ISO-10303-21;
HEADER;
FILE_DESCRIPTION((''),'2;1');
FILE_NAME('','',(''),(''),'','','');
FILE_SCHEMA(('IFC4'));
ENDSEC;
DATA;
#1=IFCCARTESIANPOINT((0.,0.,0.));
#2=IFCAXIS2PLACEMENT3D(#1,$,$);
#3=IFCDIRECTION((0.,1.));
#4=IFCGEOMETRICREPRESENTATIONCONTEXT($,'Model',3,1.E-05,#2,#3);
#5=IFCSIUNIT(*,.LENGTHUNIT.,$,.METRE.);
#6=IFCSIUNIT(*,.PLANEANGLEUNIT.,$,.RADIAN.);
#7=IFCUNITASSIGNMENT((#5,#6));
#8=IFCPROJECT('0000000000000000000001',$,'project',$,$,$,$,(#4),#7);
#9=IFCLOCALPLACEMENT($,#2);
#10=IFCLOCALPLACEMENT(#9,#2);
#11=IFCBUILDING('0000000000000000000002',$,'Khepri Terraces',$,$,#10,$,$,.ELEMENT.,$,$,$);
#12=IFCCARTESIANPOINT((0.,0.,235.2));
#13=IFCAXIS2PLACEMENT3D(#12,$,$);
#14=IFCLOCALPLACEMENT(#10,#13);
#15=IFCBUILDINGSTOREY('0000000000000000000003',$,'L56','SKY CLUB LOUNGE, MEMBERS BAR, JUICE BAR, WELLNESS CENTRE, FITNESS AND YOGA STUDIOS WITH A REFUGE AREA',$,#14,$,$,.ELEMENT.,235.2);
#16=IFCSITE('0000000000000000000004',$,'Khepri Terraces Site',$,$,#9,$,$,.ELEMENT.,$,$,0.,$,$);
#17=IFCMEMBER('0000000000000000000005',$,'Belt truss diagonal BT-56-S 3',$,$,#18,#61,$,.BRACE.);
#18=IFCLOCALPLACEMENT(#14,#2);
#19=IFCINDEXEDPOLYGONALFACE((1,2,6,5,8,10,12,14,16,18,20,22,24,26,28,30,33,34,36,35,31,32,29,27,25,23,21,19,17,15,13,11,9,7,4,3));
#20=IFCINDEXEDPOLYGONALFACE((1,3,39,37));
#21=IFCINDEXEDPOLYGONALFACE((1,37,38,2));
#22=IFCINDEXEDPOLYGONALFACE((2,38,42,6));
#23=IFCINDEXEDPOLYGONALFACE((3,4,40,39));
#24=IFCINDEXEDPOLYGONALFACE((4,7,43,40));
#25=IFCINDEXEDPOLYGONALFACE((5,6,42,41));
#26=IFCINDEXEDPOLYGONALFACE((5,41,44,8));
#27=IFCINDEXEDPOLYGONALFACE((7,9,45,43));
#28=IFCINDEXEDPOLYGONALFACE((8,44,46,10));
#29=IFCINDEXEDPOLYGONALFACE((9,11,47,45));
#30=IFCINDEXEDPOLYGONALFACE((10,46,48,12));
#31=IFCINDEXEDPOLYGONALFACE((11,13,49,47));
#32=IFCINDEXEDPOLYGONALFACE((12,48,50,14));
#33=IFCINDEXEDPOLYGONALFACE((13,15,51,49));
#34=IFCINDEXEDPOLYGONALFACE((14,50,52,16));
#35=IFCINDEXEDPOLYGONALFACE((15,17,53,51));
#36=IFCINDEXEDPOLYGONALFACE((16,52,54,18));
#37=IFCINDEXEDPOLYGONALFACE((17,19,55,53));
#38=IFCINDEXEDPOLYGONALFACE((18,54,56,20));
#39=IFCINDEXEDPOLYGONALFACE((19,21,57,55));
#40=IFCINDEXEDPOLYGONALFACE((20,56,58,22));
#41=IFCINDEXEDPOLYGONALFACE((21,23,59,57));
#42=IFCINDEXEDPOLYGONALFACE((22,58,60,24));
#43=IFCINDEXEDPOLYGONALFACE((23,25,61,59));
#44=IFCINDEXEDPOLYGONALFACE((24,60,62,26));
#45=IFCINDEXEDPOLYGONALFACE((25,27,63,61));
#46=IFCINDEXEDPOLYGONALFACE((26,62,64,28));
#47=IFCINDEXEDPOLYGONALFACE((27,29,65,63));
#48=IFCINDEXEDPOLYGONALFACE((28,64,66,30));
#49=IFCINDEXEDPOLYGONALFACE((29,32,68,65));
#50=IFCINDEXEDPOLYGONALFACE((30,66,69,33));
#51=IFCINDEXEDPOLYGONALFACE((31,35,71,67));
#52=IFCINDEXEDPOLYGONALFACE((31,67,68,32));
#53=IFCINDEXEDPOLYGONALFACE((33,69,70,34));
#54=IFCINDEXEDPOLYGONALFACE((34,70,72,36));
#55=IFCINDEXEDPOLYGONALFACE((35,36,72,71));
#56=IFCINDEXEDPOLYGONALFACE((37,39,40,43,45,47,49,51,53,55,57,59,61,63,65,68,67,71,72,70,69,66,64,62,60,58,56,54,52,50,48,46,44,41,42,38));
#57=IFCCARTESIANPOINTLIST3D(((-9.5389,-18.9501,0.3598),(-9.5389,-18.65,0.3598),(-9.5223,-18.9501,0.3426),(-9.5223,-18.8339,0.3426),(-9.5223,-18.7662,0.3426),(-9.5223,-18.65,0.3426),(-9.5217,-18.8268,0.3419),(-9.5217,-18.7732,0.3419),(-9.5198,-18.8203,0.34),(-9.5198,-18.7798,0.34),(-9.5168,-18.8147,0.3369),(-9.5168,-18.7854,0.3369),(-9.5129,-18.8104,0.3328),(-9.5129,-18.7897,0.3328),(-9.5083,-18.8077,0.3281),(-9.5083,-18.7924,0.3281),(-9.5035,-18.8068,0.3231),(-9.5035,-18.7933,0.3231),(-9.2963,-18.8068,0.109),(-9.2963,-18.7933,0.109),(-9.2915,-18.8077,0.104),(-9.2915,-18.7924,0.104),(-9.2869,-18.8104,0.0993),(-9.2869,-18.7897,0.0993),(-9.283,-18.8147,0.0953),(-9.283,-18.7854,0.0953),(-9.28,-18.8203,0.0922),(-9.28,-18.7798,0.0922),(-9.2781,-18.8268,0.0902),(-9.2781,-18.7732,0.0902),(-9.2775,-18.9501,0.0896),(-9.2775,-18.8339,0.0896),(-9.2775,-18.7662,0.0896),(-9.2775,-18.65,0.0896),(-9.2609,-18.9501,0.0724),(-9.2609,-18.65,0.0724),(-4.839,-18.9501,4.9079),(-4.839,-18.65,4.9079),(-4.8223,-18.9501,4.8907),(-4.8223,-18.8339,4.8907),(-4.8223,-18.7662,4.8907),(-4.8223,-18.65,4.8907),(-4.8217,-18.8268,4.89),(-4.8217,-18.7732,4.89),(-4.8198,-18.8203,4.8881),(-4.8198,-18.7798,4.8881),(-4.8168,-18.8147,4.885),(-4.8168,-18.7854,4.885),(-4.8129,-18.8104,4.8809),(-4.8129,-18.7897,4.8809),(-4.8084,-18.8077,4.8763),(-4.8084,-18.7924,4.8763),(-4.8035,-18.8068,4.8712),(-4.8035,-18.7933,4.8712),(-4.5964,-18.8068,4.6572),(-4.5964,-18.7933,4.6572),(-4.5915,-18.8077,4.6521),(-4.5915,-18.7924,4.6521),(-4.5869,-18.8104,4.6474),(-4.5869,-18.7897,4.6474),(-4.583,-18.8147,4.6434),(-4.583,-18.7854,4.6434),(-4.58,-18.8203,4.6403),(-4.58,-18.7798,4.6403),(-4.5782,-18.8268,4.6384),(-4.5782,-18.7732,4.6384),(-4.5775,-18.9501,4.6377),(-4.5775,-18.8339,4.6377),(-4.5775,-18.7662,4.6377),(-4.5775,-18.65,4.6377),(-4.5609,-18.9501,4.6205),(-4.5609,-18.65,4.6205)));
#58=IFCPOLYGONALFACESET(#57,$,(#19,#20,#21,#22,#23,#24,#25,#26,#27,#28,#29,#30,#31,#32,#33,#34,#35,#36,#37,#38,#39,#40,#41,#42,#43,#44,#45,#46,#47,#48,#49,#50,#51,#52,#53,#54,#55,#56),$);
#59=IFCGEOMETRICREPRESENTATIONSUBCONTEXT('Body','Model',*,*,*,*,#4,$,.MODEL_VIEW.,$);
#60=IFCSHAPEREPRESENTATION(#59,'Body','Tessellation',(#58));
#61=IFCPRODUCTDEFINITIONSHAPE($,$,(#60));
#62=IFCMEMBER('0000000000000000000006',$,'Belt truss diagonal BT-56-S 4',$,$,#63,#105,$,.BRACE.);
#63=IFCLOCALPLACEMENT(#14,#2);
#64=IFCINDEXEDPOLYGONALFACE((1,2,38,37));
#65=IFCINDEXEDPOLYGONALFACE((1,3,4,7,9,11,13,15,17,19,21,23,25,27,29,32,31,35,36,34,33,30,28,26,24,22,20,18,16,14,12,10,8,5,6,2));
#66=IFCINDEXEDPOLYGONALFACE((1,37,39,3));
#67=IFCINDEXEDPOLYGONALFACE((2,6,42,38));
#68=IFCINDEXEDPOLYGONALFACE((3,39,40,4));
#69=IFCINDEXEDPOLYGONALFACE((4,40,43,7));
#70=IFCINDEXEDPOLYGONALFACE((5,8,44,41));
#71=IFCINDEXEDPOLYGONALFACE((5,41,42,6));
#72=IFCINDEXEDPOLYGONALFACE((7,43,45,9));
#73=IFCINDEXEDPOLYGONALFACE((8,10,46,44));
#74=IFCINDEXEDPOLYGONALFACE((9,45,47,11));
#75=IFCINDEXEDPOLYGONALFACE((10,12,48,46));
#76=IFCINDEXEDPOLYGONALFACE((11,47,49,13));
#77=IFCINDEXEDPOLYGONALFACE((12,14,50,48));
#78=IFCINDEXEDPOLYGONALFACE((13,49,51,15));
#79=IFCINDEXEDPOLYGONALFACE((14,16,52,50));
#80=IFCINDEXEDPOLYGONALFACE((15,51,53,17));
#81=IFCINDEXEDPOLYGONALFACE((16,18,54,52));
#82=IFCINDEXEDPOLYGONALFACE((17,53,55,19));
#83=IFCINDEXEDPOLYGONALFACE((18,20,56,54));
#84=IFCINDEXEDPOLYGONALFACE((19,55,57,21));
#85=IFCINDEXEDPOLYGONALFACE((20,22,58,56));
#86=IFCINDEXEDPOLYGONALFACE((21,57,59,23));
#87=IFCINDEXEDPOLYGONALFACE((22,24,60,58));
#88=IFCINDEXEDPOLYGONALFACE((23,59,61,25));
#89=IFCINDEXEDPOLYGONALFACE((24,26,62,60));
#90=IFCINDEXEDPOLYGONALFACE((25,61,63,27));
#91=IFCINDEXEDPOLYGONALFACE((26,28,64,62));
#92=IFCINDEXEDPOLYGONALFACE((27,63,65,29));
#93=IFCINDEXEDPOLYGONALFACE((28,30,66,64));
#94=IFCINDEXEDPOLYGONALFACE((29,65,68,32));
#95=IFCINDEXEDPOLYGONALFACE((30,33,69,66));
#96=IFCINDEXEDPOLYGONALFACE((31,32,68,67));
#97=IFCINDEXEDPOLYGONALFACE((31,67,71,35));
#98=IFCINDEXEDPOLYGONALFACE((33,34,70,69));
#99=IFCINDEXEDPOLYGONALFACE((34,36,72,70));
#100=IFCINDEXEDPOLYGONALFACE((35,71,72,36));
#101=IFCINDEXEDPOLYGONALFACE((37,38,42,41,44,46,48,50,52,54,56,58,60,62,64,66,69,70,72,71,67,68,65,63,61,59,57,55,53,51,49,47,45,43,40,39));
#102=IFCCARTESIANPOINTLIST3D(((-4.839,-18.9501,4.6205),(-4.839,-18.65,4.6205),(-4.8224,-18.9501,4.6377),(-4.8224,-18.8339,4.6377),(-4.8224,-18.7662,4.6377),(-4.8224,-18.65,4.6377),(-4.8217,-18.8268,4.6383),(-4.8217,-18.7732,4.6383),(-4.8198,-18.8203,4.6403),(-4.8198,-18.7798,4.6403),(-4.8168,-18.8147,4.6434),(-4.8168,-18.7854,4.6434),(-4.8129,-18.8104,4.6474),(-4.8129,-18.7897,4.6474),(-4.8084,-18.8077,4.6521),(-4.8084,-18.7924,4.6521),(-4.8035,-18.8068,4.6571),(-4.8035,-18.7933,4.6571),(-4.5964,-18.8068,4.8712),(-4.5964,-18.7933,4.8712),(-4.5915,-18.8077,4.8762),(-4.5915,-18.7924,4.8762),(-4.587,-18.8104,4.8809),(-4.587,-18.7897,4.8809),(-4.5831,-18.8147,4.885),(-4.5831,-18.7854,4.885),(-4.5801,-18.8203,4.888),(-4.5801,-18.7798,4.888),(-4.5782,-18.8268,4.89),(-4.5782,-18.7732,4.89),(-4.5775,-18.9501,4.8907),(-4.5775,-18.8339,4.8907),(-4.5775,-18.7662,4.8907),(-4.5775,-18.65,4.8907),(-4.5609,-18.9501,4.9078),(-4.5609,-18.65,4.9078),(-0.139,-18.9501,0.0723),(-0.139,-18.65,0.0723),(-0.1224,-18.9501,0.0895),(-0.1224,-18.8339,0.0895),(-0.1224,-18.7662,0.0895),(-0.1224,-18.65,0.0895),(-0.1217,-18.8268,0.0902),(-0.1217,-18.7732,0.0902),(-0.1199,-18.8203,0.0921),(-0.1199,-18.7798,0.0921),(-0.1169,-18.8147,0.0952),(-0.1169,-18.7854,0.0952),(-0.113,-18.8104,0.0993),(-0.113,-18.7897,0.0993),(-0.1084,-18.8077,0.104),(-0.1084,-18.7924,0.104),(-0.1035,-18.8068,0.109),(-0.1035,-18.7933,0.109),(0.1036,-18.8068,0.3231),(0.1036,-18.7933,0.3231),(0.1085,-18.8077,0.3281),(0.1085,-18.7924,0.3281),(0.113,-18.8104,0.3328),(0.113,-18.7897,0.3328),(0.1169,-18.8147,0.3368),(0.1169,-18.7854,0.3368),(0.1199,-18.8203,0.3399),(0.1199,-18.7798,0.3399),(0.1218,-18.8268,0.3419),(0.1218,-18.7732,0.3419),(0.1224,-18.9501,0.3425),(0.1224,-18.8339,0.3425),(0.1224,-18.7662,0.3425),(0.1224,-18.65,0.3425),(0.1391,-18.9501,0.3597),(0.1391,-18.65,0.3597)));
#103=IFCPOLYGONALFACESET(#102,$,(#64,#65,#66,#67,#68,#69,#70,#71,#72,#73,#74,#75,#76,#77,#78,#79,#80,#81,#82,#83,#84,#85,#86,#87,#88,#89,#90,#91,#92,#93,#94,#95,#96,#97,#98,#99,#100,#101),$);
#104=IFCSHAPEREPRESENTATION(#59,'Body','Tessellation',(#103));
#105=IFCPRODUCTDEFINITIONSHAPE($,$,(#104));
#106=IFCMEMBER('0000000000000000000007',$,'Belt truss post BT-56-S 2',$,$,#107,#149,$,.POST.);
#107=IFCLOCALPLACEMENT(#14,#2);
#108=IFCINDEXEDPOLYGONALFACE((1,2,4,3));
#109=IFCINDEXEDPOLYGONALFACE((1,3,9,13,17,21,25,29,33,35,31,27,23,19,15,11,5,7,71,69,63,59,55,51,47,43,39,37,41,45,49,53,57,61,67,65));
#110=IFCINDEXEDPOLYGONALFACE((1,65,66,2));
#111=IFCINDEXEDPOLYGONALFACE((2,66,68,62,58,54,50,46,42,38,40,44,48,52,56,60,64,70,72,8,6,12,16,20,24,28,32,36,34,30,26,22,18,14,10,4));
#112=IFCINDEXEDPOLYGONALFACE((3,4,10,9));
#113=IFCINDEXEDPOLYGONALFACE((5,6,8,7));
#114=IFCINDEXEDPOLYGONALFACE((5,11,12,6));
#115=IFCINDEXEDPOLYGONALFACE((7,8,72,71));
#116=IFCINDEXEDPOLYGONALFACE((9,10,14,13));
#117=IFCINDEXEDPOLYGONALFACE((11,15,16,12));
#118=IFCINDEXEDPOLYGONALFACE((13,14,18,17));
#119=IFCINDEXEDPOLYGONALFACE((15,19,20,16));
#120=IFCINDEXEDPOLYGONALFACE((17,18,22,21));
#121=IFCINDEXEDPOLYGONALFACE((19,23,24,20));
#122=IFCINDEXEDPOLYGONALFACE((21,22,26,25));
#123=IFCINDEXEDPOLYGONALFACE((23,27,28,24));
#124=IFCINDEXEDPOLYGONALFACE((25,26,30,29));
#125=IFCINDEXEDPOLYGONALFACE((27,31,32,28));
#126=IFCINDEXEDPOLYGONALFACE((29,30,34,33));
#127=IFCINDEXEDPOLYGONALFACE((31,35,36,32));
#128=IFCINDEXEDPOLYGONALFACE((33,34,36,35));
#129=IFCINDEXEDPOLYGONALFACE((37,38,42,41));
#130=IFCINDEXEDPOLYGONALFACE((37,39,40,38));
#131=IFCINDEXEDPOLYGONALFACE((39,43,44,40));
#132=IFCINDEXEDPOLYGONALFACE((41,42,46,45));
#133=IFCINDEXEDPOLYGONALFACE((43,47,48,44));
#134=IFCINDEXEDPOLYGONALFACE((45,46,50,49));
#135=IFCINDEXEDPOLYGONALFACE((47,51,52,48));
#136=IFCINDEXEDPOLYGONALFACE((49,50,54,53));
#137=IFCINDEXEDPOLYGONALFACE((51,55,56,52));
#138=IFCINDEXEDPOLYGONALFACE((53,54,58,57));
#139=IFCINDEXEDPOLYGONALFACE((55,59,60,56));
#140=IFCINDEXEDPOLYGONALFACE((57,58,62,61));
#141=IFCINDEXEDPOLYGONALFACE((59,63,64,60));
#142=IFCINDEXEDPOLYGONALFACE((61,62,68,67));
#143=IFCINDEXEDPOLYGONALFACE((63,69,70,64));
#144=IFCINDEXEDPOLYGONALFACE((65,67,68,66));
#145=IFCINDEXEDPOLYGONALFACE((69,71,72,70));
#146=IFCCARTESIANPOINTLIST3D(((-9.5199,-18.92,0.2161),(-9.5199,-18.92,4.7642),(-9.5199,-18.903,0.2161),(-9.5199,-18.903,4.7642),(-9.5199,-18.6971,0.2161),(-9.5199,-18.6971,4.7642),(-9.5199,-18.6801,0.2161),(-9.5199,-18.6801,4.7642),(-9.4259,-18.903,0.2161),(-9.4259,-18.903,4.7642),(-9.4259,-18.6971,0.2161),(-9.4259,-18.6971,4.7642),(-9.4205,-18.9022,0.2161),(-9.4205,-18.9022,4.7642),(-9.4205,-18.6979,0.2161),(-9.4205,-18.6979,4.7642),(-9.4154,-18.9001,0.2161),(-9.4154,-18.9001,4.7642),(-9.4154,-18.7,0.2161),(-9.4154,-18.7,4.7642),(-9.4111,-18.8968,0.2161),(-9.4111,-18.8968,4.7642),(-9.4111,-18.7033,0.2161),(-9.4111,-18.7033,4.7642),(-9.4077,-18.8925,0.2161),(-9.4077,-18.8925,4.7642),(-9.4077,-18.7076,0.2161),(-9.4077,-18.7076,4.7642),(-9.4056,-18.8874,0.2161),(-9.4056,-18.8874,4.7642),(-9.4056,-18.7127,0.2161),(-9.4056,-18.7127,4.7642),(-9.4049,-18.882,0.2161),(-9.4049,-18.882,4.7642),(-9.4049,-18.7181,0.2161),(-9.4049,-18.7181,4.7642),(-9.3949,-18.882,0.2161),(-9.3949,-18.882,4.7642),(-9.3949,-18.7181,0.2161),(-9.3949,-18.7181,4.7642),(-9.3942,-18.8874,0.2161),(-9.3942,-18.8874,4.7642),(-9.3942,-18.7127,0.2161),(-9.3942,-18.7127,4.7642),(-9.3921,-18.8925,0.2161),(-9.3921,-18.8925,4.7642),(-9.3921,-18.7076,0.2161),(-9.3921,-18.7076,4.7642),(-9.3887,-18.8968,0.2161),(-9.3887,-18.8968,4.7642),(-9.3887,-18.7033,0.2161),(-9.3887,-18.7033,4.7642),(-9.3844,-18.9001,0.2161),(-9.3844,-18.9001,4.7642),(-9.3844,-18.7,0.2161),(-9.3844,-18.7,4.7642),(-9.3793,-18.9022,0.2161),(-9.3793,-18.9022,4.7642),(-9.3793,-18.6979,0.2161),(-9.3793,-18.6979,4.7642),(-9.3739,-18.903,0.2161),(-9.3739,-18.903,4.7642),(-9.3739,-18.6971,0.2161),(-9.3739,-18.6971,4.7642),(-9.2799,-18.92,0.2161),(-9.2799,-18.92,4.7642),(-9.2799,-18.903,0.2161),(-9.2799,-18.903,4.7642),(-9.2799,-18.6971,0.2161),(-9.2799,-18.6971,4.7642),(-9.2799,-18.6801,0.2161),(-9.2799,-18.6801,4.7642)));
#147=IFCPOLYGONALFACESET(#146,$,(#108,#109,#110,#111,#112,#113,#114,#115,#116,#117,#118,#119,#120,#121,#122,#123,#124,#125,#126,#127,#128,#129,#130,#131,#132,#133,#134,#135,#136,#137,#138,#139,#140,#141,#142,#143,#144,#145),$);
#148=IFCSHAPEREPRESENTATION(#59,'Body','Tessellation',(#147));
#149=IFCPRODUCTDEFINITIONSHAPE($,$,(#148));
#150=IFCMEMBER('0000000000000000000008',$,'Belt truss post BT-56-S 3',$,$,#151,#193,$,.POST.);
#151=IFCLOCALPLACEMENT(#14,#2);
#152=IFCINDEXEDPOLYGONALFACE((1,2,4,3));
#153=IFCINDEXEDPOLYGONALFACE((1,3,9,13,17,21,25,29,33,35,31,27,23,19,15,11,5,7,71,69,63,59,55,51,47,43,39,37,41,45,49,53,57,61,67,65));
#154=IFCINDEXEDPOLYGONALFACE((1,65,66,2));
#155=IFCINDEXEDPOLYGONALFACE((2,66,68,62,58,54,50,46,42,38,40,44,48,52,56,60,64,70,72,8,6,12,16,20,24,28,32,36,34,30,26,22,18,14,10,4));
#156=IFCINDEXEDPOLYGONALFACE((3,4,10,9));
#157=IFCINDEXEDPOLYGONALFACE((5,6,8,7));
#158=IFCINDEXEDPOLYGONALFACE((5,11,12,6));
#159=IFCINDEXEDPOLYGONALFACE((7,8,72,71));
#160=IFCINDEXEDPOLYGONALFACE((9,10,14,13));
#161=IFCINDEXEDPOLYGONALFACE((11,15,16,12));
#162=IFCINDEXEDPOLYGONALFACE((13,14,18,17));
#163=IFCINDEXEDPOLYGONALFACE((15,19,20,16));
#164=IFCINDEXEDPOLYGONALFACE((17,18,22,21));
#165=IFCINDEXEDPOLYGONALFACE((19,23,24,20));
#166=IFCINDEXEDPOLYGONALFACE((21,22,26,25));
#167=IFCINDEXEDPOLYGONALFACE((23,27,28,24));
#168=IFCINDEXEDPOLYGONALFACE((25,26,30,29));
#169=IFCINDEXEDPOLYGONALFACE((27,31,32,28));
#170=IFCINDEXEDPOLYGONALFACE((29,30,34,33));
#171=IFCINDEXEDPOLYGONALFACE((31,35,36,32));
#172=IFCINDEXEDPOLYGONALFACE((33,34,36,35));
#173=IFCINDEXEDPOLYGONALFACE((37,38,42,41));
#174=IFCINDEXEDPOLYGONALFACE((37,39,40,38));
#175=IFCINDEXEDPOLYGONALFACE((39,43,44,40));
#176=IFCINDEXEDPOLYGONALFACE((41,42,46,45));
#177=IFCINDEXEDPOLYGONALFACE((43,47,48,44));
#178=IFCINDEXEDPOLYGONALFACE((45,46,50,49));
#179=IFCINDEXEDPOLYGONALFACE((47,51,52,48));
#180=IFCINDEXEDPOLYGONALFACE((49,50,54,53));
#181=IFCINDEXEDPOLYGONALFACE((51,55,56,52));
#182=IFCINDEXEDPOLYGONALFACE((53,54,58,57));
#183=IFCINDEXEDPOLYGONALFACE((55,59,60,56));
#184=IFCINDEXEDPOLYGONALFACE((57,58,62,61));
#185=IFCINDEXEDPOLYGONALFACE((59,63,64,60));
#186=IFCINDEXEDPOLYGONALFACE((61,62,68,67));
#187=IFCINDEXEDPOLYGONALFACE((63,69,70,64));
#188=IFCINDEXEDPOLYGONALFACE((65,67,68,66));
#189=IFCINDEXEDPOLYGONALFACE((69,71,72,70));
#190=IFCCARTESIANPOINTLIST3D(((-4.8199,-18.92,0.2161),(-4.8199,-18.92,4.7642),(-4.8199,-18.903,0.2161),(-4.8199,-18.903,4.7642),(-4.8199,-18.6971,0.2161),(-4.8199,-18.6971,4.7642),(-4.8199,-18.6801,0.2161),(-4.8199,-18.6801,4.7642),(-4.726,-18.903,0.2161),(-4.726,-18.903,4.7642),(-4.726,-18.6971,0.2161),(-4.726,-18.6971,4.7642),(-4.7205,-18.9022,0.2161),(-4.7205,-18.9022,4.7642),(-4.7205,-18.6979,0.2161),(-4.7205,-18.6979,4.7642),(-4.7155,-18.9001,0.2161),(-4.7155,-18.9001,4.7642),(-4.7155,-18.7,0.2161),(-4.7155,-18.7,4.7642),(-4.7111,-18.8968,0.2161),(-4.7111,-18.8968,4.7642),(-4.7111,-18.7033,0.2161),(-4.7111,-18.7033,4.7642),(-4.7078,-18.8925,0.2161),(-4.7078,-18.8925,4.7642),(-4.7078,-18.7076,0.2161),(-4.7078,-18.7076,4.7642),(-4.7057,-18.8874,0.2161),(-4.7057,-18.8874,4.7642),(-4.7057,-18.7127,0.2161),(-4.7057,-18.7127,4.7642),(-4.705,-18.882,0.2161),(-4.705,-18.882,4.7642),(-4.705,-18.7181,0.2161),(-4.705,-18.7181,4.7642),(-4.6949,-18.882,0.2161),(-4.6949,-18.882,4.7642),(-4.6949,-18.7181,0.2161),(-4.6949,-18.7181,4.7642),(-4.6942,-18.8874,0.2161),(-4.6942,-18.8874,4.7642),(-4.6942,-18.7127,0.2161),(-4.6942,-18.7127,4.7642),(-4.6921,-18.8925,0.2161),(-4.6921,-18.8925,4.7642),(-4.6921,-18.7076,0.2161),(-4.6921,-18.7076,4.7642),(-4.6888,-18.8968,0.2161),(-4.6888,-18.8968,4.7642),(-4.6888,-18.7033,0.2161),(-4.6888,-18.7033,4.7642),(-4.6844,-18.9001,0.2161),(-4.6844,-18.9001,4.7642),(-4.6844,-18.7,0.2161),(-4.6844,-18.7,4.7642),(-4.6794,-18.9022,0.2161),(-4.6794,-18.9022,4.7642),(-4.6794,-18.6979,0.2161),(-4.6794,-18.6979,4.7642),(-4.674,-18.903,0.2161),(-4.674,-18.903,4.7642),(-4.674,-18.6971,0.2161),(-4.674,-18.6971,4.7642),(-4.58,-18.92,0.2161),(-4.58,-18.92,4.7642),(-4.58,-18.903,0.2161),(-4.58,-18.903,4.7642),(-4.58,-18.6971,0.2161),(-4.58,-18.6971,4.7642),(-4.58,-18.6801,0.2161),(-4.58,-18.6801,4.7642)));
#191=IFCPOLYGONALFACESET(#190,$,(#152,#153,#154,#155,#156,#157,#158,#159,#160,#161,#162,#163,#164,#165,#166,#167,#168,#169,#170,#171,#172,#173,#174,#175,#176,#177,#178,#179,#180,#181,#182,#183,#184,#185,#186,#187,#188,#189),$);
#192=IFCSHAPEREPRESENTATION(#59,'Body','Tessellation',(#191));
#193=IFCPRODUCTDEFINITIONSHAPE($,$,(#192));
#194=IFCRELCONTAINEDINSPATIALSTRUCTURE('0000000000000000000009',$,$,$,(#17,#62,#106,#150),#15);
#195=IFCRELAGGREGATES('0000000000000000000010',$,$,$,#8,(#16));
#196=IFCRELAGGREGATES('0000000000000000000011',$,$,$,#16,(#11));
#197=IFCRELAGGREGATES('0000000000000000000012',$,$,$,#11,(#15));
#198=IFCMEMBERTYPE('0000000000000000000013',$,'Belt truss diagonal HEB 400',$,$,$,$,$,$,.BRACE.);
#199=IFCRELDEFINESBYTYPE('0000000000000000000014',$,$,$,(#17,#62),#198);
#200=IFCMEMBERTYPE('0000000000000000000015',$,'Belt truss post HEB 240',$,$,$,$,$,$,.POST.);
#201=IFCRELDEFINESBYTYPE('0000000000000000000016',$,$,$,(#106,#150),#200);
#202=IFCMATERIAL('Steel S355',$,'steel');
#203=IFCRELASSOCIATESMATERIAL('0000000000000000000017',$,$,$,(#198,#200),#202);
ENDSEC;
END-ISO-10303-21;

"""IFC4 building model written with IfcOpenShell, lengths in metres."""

from ifc_helpers import new_model, si_unit, direction, frame, origin, origin_2d, place, context, subcontext, project, spatial, i_section, extrude, material, material_profile, profile_set, type_object, element, save


model = new_model("IFC4")

# Units and contexts
model_context = context("Model", 3, precision=1e-05, world=origin(), true_north=direction((0.0, 1.0)))
body_context = subcontext(model_context, "Body", "Model", "MODEL_VIEW")
ifc_project = project(units=[si_unit("LENGTHUNIT", "METRE"), si_unit("PLANEANGLEUNIT", "RADIAN")], contexts=[model_context])

# Site, building, storey
site_placement = place(None, origin())
site = spatial("IfcSite", under=ifc_project, at=site_placement, Name="Khepri Terraces Site", CompositionType="ELEMENT", RefElevation=0.0)
building_placement = place(site_placement, origin())
building = spatial("IfcBuilding", under=site, at=building_placement, Name="Khepri Terraces", CompositionType="ELEMENT")
storey_placement = place(building_placement, frame((0.0, 0.0, 235.2)))
storey = spatial("IfcBuildingStorey", under=building, at=storey_placement, Name="L56", Description="SKY CLUB LOUNGE, MEMBERS BAR, JUICE BAR, WELLNESS CENTRE, FITNESS AND YOGA STUDIOS WITH A REFUGE AREA", CompositionType="ELEMENT", Elevation=235.2)

# Members
ifc_material_1 = material(Name="Steel S355", Category="steel")
ifc_material_profile_1 = material_profile(ifc_material_1, i_section(OverallWidth=0.3, OverallDepth=0.3999, WebThickness=0.0134, FlangeThickness=0.0239, FilletRadius=0.0271, at=origin_2d()), Name="Steel S355", Category="steel")
ifc_profile_set_1 = profile_set([ifc_material_profile_1], Name="Steel S355")
member_type_1 = type_object("IfcMemberType", Name="Belt truss diagonal HEB 400", PredefinedType="BRACE", material=ifc_profile_set_1)
for number, where, z_axis, x_axis, name in (
    (1, (-9.3999, -18.8, 0.2161), (0.718621, 0.0, 0.695402), (0.0, 1.0, 0.0), "Belt truss diagonal BT-56-S 3"),
    (2, (-4.7, -18.8, 4.7642), (0.718621, 0.0, -0.695402), (0.0, 1.0, 0.0), "Belt truss diagonal BT-56-S 4"),
):
    element("IfcMember", number, at=place(storey_placement, frame(where, z_axis=z_axis, x_axis=x_axis)), inside=storey, type_object=member_type_1, Name=name, PredefinedType="BRACE", context=body_context, shape_type="SweptSolid", body=[
        extrude(i_section(OverallWidth=0.3, OverallDepth=0.3999, WebThickness=0.0134, FlangeThickness=0.0239, FilletRadius=0.0271, at=origin_2d()), origin(), (0.0, 0.0, 1.0), 6.5403),
    ])
ifc_material_profile_2 = material_profile(ifc_material_1, i_section(OverallWidth=0.24, OverallDepth=0.24, WebThickness=0.01, FlangeThickness=0.0171, FilletRadius=0.021, at=origin_2d()), Name="Steel S355", Category="steel")
ifc_profile_set_2 = profile_set([ifc_material_profile_2], Name="Steel S355")
member_type_2 = type_object("IfcMemberType", Name="Belt truss post HEB 240", PredefinedType="POST", material=ifc_profile_set_2)
for number, where, z_axis, x_axis, name in (
    (3, (-9.3999, -18.8, 0.2161), (0.0, 0.0, 1.0), (1.0, 0.0, 0.0), "Belt truss post BT-56-S 2"),
    (4, (-4.7, -18.8, 0.2161), (0.0, 0.0, 1.0), (1.0, 0.0, 0.0), "Belt truss post BT-56-S 3"),
):
    element("IfcMember", number, at=place(storey_placement, frame(where, z_axis=z_axis, x_axis=x_axis)), inside=storey, type_object=member_type_2, Name=name, PredefinedType="POST", context=body_context, shape_type="SweptSolid", body=[
        extrude(i_section(OverallWidth=0.24, OverallDepth=0.24, WebThickness=0.01, FlangeThickness=0.0171, FilletRadius=0.021, at=origin_2d()), origin(), (0.0, 0.0, 1.0), 4.5481),
    ])

save(model, "model.ifc")
